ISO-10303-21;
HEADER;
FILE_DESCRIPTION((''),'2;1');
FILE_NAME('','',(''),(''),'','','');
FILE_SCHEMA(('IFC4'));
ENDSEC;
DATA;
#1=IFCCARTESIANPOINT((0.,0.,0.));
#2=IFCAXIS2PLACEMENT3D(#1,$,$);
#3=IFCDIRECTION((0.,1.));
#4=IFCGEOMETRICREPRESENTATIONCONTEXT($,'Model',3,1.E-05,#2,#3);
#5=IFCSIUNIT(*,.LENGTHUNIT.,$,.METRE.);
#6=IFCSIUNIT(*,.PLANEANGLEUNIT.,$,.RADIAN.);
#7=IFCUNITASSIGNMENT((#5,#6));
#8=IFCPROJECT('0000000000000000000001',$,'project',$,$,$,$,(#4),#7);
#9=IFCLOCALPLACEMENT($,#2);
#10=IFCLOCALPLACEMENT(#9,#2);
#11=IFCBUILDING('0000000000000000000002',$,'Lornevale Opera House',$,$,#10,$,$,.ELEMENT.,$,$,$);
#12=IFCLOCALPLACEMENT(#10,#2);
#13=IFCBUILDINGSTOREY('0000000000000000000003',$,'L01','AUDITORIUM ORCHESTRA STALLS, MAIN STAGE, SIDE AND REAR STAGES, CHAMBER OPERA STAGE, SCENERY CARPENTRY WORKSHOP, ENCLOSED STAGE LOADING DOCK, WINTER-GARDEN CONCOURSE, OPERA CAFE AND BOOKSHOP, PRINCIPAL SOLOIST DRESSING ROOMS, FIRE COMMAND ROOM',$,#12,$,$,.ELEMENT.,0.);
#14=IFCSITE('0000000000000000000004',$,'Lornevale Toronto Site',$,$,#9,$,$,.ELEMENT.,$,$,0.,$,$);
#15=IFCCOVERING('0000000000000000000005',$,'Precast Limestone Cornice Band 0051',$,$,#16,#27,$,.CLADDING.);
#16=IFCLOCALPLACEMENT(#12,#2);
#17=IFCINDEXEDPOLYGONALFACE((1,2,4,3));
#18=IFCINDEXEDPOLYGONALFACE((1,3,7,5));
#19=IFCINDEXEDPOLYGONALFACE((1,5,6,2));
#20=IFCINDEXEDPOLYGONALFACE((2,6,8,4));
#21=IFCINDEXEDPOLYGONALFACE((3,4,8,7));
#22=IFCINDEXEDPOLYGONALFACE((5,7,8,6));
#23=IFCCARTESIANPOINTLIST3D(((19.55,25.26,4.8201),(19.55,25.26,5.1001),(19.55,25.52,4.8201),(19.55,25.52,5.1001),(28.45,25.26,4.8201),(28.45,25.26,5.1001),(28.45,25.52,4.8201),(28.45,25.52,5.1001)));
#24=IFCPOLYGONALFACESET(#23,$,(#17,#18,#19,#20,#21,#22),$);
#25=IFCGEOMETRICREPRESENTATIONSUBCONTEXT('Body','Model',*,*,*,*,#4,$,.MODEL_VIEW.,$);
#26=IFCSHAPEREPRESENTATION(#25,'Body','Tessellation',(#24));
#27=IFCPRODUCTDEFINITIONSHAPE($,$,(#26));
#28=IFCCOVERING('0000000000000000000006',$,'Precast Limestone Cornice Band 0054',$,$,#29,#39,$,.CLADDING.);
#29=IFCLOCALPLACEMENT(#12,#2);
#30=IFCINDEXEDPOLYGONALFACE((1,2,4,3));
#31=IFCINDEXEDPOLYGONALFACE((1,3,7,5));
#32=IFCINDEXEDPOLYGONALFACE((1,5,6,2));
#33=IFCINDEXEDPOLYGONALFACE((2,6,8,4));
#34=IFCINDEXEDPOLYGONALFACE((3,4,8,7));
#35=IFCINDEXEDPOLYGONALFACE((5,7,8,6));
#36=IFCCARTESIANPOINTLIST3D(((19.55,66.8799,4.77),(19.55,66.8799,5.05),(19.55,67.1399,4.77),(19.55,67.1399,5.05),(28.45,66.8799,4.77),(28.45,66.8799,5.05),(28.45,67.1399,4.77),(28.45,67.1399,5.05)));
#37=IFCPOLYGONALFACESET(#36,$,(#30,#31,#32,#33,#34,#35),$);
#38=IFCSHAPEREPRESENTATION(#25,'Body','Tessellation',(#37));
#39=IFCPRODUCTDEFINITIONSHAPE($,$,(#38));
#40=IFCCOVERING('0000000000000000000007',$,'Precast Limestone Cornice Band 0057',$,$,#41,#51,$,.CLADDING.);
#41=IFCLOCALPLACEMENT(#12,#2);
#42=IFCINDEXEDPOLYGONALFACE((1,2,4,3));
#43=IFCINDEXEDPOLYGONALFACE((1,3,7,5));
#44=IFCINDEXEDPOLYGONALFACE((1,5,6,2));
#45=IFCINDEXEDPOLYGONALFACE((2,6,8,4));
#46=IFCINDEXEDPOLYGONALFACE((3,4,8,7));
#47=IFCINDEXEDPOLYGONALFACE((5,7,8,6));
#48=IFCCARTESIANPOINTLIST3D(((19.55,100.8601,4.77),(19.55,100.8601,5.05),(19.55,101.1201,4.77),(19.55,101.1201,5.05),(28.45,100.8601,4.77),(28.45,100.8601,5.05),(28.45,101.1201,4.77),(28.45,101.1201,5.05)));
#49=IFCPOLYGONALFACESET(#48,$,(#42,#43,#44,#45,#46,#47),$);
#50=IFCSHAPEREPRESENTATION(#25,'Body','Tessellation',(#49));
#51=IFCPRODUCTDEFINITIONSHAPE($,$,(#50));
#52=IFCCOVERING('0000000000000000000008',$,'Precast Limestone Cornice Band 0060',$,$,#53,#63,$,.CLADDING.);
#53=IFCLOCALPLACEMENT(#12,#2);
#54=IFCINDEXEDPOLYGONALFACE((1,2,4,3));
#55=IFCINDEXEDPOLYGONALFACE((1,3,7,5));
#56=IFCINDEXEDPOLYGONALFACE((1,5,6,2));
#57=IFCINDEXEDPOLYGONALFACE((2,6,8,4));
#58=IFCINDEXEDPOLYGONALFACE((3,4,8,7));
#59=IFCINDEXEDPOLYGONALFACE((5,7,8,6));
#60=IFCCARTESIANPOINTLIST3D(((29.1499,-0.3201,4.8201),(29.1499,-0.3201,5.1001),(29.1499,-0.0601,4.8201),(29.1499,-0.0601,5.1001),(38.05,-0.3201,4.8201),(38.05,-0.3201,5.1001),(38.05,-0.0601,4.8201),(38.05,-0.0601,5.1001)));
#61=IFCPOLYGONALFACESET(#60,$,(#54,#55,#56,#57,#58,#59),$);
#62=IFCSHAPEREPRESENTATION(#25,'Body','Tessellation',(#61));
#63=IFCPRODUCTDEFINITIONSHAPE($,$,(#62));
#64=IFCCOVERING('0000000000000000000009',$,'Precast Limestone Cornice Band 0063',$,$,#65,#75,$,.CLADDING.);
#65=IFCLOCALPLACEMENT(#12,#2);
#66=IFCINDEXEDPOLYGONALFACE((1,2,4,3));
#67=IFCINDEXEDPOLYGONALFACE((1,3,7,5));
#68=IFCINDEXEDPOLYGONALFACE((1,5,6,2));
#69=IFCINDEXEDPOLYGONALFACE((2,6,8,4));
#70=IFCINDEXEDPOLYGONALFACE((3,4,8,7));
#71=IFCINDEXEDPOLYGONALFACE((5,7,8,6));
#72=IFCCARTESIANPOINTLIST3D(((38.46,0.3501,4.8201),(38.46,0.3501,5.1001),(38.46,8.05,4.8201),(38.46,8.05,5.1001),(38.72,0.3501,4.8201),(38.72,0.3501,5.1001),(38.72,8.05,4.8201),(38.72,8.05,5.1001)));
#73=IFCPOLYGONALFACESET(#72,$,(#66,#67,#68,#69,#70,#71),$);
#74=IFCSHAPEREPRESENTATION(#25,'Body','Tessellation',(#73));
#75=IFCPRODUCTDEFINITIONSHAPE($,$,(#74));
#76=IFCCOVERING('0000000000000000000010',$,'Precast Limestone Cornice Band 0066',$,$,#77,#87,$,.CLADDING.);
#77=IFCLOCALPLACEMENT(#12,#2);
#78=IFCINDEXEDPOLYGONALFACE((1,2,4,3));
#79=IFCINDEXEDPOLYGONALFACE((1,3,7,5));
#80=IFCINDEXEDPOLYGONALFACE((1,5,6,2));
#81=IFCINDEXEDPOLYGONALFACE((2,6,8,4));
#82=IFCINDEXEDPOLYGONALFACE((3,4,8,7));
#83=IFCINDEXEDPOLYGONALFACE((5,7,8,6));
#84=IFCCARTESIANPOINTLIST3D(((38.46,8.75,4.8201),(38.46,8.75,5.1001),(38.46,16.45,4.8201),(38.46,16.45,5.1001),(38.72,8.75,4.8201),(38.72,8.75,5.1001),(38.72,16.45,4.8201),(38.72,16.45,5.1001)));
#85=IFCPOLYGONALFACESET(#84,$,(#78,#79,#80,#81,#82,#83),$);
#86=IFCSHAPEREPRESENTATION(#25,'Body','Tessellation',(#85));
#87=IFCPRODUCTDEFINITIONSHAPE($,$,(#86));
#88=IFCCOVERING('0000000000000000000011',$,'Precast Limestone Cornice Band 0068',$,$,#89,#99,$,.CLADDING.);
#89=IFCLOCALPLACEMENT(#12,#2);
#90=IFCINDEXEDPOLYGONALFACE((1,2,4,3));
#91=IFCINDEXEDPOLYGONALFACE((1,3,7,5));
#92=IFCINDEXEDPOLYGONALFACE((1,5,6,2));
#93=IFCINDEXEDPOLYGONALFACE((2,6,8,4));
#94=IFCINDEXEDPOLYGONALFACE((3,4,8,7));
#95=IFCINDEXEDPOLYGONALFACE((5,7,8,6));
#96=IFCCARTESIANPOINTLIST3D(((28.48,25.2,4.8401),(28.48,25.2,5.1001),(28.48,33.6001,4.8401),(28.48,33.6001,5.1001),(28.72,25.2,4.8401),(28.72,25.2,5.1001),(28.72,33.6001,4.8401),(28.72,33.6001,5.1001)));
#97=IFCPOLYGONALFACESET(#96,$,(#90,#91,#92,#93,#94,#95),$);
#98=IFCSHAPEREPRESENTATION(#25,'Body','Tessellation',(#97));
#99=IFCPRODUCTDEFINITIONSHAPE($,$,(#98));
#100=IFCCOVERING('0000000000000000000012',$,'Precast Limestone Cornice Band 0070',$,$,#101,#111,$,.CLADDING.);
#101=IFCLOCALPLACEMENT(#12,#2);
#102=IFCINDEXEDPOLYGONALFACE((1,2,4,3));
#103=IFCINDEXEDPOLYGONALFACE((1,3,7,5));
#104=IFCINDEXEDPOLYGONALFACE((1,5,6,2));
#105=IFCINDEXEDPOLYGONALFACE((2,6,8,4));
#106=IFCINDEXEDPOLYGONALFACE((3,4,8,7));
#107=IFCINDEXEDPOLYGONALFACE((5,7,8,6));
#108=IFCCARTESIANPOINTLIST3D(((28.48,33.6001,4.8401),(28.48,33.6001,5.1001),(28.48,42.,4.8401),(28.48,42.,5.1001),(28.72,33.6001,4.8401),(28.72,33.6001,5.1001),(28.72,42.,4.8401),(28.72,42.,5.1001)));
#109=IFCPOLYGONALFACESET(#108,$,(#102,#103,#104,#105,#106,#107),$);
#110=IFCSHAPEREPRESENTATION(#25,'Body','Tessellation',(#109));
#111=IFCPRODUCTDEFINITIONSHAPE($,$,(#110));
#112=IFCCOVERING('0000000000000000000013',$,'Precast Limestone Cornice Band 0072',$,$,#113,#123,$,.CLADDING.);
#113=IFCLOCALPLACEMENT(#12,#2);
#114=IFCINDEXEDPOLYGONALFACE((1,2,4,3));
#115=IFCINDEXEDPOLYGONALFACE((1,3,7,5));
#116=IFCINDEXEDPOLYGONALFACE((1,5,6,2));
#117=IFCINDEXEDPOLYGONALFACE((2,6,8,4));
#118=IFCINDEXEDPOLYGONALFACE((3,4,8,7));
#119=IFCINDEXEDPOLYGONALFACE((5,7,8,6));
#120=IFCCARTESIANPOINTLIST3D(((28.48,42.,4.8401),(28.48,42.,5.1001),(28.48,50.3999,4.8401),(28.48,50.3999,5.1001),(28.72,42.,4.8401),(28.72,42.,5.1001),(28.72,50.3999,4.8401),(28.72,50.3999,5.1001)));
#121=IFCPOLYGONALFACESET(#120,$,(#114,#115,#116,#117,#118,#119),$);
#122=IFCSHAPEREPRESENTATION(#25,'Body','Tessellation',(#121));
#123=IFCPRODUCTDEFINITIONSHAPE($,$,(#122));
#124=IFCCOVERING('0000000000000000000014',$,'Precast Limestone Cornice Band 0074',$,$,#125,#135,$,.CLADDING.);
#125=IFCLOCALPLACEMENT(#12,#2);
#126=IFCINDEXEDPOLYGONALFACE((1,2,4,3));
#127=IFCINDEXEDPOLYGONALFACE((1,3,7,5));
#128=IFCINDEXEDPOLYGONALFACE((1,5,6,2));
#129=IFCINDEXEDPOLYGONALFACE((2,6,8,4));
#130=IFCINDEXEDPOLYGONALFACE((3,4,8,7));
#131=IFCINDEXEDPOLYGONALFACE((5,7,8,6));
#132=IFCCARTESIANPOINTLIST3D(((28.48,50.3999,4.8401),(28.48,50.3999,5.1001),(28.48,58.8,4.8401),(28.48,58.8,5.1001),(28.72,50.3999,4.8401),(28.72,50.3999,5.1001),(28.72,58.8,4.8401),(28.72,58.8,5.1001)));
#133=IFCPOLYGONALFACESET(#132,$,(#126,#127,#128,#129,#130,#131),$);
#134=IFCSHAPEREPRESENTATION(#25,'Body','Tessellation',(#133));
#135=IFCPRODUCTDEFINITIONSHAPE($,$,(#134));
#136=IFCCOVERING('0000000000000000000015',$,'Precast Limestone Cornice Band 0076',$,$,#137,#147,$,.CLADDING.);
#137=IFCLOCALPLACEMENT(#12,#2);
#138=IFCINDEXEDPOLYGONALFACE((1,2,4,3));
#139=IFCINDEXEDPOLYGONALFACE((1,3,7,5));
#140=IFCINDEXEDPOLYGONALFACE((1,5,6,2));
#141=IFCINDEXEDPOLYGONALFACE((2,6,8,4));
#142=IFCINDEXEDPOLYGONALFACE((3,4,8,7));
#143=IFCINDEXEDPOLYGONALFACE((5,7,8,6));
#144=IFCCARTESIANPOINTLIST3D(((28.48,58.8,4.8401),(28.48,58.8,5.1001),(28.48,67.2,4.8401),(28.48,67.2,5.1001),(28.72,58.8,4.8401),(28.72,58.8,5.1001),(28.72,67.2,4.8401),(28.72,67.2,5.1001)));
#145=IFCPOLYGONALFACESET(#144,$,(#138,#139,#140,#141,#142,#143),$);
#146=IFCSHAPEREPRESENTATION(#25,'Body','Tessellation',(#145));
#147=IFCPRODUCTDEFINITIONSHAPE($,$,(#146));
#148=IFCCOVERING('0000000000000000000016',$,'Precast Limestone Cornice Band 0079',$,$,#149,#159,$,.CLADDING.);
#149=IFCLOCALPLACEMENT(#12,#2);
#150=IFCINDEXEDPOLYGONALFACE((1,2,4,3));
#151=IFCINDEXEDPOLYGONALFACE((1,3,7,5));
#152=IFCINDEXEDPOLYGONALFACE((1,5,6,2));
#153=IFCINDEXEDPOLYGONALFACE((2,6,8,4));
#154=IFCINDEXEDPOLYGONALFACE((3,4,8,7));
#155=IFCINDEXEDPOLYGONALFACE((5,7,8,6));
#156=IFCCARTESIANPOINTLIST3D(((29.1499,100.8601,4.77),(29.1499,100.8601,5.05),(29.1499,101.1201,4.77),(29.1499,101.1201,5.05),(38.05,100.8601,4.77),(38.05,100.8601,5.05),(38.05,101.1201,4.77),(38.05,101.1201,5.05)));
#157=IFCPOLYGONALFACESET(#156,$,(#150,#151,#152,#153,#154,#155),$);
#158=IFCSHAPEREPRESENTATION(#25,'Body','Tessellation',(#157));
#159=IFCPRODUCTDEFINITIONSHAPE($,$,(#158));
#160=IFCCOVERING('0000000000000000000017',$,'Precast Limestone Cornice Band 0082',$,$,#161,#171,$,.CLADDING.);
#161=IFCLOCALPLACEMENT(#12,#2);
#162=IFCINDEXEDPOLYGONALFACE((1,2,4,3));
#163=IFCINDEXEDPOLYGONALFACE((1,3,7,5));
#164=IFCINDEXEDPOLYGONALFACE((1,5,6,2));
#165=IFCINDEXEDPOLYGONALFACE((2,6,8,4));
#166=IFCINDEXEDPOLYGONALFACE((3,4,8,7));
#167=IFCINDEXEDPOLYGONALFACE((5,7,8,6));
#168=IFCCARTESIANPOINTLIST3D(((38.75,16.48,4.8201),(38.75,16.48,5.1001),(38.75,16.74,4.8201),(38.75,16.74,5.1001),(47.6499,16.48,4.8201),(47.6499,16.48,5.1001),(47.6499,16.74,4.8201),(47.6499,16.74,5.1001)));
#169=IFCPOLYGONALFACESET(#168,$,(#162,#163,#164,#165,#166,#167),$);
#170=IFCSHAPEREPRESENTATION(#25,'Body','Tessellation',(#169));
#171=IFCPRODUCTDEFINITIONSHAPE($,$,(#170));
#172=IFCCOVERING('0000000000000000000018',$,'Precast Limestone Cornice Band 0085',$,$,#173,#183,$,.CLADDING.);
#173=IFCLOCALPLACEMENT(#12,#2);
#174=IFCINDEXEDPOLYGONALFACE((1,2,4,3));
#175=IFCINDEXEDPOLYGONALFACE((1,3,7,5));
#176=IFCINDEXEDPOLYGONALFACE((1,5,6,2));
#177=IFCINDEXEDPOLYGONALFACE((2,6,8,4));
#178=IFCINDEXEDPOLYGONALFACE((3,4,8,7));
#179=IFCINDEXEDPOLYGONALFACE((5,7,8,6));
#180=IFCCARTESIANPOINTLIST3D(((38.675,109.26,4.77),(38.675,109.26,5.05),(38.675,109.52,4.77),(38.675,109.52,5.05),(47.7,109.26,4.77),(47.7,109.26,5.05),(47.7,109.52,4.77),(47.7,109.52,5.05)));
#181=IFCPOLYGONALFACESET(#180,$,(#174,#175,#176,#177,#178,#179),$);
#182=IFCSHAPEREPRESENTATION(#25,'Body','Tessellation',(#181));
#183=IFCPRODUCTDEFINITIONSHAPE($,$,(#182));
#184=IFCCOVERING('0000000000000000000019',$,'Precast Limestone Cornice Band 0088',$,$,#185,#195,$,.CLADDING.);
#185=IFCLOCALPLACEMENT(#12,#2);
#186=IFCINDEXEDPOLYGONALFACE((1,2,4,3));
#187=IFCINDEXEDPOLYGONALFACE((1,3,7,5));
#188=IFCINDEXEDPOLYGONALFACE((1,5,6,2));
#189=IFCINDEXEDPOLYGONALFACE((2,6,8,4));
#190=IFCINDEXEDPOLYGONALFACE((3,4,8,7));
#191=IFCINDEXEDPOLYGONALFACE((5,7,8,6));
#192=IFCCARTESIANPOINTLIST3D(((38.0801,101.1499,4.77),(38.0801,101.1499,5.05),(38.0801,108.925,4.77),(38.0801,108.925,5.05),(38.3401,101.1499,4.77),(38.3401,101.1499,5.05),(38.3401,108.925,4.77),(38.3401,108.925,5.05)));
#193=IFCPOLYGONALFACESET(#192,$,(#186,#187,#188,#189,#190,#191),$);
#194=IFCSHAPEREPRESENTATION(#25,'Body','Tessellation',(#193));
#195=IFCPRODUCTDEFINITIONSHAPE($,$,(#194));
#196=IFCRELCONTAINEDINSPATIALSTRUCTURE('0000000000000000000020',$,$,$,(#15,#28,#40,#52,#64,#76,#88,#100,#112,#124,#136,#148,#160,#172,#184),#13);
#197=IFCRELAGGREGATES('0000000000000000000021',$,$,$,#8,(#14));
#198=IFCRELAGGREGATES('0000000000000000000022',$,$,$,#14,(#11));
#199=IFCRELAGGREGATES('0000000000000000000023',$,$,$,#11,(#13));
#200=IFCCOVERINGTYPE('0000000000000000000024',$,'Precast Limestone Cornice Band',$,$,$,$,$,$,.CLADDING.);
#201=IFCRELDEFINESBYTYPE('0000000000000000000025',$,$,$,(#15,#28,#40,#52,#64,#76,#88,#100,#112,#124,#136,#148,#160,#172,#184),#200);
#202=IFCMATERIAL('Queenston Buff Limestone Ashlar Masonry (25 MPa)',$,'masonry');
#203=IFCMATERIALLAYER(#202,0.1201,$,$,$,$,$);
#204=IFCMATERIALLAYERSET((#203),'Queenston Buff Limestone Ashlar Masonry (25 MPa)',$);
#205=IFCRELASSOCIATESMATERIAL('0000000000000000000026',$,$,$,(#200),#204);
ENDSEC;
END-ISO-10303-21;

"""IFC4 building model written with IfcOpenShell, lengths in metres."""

from ifc_helpers import new_model, si_unit, direction, frame, origin, place, context, subcontext, project, spatial, polyline, outline, extrude, material, layer, layer_set, type_object, element, save


model = new_model("IFC4")

# Units and contexts
model_context = context("Model", 3, precision=1e-05, world=origin(), true_north=direction((0.0, 1.0)))
body_context = subcontext(model_context, "Body", "Model", "MODEL_VIEW")
ifc_project = project(units=[si_unit("LENGTHUNIT", "METRE"), si_unit("PLANEANGLEUNIT", "RADIAN")], contexts=[model_context])

# Site, building, storey
site_placement = place(None, origin())
site = spatial("IfcSite", under=ifc_project, at=site_placement, Name="Lornevale Toronto Site", CompositionType="ELEMENT", RefElevation=0.0)
building_placement = place(site_placement, origin())
building = spatial("IfcBuilding", under=site, at=building_placement, Name="Lornevale Opera House", CompositionType="ELEMENT")
storey_placement = place(building_placement, origin())
storey = spatial("IfcBuildingStorey", under=building, at=storey_placement, Name="L01", Description="AUDITORIUM ORCHESTRA STALLS, MAIN STAGE, SIDE AND REAR STAGES, CHAMBER OPERA STAGE, SCENERY CARPENTRY WORKSHOP, ENCLOSED STAGE LOADING DOCK, WINTER-GARDEN CONCOURSE, OPERA CAFE AND BOOKSHOP, PRINCIPAL SOLOIST DRESSING ROOMS, FIRE COMMAND ROOM", CompositionType="ELEMENT", Elevation=0.0)

# Coverings
ifc_material = material(Name="Queenston Buff Limestone Ashlar Masonry (25 MPa)", Category="masonry")
ifc_layer = layer(ifc_material, 0.1201)
ifc_layer_set = layer_set([ifc_layer], Name="Queenston Buff Limestone Ashlar Masonry (25 MPa)")
covering_type = type_object("IfcCoveringType", Name="Precast Limestone Cornice Band", PredefinedType="CLADDING", material=ifc_layer_set)
covering_1_placement = place(storey_placement, frame((0.0, 0.0, 4.8201)))
element("IfcCovering", 1, at=covering_1_placement, inside=storey, type_object=covering_type, Name="Precast Limestone Cornice Band 0051", PredefinedType="CLADDING", context=body_context, shape_type="SweptSolid", body=[
    extrude(outline(polyline([(19.55, 25.26), (28.45, 25.26), (28.45, 25.52), (19.55, 25.52), (19.55, 25.26)])), origin(), (0.0, 0.0, 1.0), 0.28),
])
covering_2_placement = place(storey_placement, frame((0.0, 0.0, 4.77)))
element("IfcCovering", 2, at=covering_2_placement, inside=storey, type_object=covering_type, Name="Precast Limestone Cornice Band 0054", PredefinedType="CLADDING", context=body_context, shape_type="SweptSolid", body=[
    extrude(outline(polyline([(28.45, 67.1399), (19.55, 67.1399), (19.55, 66.8799), (28.45, 66.8799), (28.45, 67.1399)])), origin(), (0.0, 0.0, 1.0), 0.28),
])
covering_3_placement = place(storey_placement, frame((0.0, 0.0, 4.77)))
element("IfcCovering", 3, at=covering_3_placement, inside=storey, type_object=covering_type, Name="Precast Limestone Cornice Band 0057", PredefinedType="CLADDING", context=body_context, shape_type="SweptSolid", body=[
    extrude(outline(polyline([(19.55, 100.8601), (28.45, 100.8601), (28.45, 101.1201), (19.55, 101.1201), (19.55, 100.8601)])), origin(), (0.0, 0.0, 1.0), 0.28),
])
covering_4_placement = place(storey_placement, frame((0.0, 0.0, 4.8201)))
element("IfcCovering", 4, at=covering_4_placement, inside=storey, type_object=covering_type, Name="Precast Limestone Cornice Band 0060", PredefinedType="CLADDING", context=body_context, shape_type="SweptSolid", body=[
    extrude(outline(polyline([(38.05, -0.0601), (29.1499, -0.0601), (29.1499, -0.3201), (38.05, -0.3201), (38.05, -0.0601)])), origin(), (0.0, 0.0, 1.0), 0.28),
])
covering_5_placement = place(storey_placement, frame((0.0, 0.0, 4.8201)))
element("IfcCovering", 5, at=covering_5_placement, inside=storey, type_object=covering_type, Name="Precast Limestone Cornice Band 0063", PredefinedType="CLADDING", context=body_context, shape_type="SweptSolid", body=[
    extrude(outline(polyline([(38.46, 8.05), (38.46, 0.3501), (38.72, 0.3501), (38.72, 8.05), (38.46, 8.05)])), origin(), (0.0, 0.0, 1.0), 0.28),
])
covering_6_placement = place(storey_placement, frame((0.0, 0.0, 4.8201)))
element("IfcCovering", 6, at=covering_6_placement, inside=storey, type_object=covering_type, Name="Precast Limestone Cornice Band 0066", PredefinedType="CLADDING", context=body_context, shape_type="SweptSolid", body=[
    extrude(outline(polyline([(38.46, 16.45), (38.46, 8.75), (38.72, 8.75), (38.72, 16.45), (38.46, 16.45)])), origin(), (0.0, 0.0, 1.0), 0.28),
])
covering_7_placement = place(storey_placement, frame((0.0, 0.0, 4.8401)))
element("IfcCovering", 7, at=covering_7_placement, inside=storey, type_object=covering_type, Name="Precast Limestone Cornice Band 0068", PredefinedType="CLADDING", context=body_context, shape_type="SweptSolid", body=[
    extrude(outline(polyline([(28.72, 25.2), (28.72, 33.6001), (28.48, 33.6001), (28.48, 25.2), (28.72, 25.2)])), origin(), (0.0, 0.0, 1.0), 0.26),
])
covering_8_placement = place(storey_placement, frame((0.0, 0.0, 4.8401)))
element("IfcCovering", 8, at=covering_8_placement, inside=storey, type_object=covering_type, Name="Precast Limestone Cornice Band 0070", PredefinedType="CLADDING", context=body_context, shape_type="SweptSolid", body=[
    extrude(outline(polyline([(28.72, 33.6001), (28.72, 42.0), (28.48, 42.0), (28.48, 33.6001), (28.72, 33.6001)])), origin(), (0.0, 0.0, 1.0), 0.26),
])
covering_9_placement = place(storey_placement, frame((0.0, 0.0, 4.8401)))
element("IfcCovering", 9, at=covering_9_placement, inside=storey, type_object=covering_type, Name="Precast Limestone Cornice Band 0072", PredefinedType="CLADDING", context=body_context, shape_type="SweptSolid", body=[
    extrude(outline(polyline([(28.72, 42.0), (28.72, 50.3999), (28.48, 50.3999), (28.48, 42.0), (28.72, 42.0)])), origin(), (0.0, 0.0, 1.0), 0.26),
])
covering_10_placement = place(storey_placement, frame((0.0, 0.0, 4.8401)))
element("IfcCovering", 10, at=covering_10_placement, inside=storey, type_object=covering_type, Name="Precast Limestone Cornice Band 0074", PredefinedType="CLADDING", context=body_context, shape_type="SweptSolid", body=[
    extrude(outline(polyline([(28.72, 50.3999), (28.72, 58.8), (28.48, 58.8), (28.48, 50.3999), (28.72, 50.3999)])), origin(), (0.0, 0.0, 1.0), 0.26),
])
covering_11_placement = place(storey_placement, frame((0.0, 0.0, 4.8401)))
element("IfcCovering", 11, at=covering_11_placement, inside=storey, type_object=covering_type, Name="Precast Limestone Cornice Band 0076", PredefinedType="CLADDING", context=body_context, shape_type="SweptSolid", body=[
    extrude(outline(polyline([(28.72, 58.8), (28.72, 67.2), (28.48, 67.2), (28.48, 58.8), (28.72, 58.8)])), origin(), (0.0, 0.0, 1.0), 0.26),
])
covering_12_placement = place(storey_placement, frame((0.0, 0.0, 4.77)))
element("IfcCovering", 12, at=covering_12_placement, inside=storey, type_object=covering_type, Name="Precast Limestone Cornice Band 0079", PredefinedType="CLADDING", context=body_context, shape_type="SweptSolid", body=[
    extrude(outline(polyline([(29.1499, 100.8601), (38.05, 100.8601), (38.05, 101.1201), (29.1499, 101.1201), (29.1499, 100.8601)])), origin(), (0.0, 0.0, 1.0), 0.28),
])
covering_13_placement = place(storey_placement, frame((0.0, 0.0, 4.8201)))
element("IfcCovering", 13, at=covering_13_placement, inside=storey, type_object=covering_type, Name="Precast Limestone Cornice Band 0082", PredefinedType="CLADDING", context=body_context, shape_type="SweptSolid", body=[
    extrude(outline(polyline([(47.6499, 16.74), (38.75, 16.74), (38.75, 16.48), (47.6499, 16.48), (47.6499, 16.74)])), origin(), (0.0, 0.0, 1.0), 0.28),
])
covering_14_placement = place(storey_placement, frame((0.0, 0.0, 4.77)))
element("IfcCovering", 14, at=covering_14_placement, inside=storey, type_object=covering_type, Name="Precast Limestone Cornice Band 0085", PredefinedType="CLADDING", context=body_context, shape_type="SweptSolid", body=[
    extrude(outline(polyline([(38.675, 109.26), (47.7, 109.26), (47.7, 109.52), (38.675, 109.52), (38.675, 109.26)])), origin(), (0.0, 0.0, 1.0), 0.28),
])
covering_15_placement = place(storey_placement, frame((0.0, 0.0, 4.77)))
element("IfcCovering", 15, at=covering_15_placement, inside=storey, type_object=covering_type, Name="Precast Limestone Cornice Band 0088", PredefinedType="CLADDING", context=body_context, shape_type="SweptSolid", body=[
    extrude(outline(polyline([(38.3401, 101.1499), (38.3401, 108.925), (38.0801, 108.925), (38.0801, 101.1499), (38.3401, 101.1499)])), origin(), (0.0, 0.0, 1.0), 0.28),
])

save(model, "model.ifc")
